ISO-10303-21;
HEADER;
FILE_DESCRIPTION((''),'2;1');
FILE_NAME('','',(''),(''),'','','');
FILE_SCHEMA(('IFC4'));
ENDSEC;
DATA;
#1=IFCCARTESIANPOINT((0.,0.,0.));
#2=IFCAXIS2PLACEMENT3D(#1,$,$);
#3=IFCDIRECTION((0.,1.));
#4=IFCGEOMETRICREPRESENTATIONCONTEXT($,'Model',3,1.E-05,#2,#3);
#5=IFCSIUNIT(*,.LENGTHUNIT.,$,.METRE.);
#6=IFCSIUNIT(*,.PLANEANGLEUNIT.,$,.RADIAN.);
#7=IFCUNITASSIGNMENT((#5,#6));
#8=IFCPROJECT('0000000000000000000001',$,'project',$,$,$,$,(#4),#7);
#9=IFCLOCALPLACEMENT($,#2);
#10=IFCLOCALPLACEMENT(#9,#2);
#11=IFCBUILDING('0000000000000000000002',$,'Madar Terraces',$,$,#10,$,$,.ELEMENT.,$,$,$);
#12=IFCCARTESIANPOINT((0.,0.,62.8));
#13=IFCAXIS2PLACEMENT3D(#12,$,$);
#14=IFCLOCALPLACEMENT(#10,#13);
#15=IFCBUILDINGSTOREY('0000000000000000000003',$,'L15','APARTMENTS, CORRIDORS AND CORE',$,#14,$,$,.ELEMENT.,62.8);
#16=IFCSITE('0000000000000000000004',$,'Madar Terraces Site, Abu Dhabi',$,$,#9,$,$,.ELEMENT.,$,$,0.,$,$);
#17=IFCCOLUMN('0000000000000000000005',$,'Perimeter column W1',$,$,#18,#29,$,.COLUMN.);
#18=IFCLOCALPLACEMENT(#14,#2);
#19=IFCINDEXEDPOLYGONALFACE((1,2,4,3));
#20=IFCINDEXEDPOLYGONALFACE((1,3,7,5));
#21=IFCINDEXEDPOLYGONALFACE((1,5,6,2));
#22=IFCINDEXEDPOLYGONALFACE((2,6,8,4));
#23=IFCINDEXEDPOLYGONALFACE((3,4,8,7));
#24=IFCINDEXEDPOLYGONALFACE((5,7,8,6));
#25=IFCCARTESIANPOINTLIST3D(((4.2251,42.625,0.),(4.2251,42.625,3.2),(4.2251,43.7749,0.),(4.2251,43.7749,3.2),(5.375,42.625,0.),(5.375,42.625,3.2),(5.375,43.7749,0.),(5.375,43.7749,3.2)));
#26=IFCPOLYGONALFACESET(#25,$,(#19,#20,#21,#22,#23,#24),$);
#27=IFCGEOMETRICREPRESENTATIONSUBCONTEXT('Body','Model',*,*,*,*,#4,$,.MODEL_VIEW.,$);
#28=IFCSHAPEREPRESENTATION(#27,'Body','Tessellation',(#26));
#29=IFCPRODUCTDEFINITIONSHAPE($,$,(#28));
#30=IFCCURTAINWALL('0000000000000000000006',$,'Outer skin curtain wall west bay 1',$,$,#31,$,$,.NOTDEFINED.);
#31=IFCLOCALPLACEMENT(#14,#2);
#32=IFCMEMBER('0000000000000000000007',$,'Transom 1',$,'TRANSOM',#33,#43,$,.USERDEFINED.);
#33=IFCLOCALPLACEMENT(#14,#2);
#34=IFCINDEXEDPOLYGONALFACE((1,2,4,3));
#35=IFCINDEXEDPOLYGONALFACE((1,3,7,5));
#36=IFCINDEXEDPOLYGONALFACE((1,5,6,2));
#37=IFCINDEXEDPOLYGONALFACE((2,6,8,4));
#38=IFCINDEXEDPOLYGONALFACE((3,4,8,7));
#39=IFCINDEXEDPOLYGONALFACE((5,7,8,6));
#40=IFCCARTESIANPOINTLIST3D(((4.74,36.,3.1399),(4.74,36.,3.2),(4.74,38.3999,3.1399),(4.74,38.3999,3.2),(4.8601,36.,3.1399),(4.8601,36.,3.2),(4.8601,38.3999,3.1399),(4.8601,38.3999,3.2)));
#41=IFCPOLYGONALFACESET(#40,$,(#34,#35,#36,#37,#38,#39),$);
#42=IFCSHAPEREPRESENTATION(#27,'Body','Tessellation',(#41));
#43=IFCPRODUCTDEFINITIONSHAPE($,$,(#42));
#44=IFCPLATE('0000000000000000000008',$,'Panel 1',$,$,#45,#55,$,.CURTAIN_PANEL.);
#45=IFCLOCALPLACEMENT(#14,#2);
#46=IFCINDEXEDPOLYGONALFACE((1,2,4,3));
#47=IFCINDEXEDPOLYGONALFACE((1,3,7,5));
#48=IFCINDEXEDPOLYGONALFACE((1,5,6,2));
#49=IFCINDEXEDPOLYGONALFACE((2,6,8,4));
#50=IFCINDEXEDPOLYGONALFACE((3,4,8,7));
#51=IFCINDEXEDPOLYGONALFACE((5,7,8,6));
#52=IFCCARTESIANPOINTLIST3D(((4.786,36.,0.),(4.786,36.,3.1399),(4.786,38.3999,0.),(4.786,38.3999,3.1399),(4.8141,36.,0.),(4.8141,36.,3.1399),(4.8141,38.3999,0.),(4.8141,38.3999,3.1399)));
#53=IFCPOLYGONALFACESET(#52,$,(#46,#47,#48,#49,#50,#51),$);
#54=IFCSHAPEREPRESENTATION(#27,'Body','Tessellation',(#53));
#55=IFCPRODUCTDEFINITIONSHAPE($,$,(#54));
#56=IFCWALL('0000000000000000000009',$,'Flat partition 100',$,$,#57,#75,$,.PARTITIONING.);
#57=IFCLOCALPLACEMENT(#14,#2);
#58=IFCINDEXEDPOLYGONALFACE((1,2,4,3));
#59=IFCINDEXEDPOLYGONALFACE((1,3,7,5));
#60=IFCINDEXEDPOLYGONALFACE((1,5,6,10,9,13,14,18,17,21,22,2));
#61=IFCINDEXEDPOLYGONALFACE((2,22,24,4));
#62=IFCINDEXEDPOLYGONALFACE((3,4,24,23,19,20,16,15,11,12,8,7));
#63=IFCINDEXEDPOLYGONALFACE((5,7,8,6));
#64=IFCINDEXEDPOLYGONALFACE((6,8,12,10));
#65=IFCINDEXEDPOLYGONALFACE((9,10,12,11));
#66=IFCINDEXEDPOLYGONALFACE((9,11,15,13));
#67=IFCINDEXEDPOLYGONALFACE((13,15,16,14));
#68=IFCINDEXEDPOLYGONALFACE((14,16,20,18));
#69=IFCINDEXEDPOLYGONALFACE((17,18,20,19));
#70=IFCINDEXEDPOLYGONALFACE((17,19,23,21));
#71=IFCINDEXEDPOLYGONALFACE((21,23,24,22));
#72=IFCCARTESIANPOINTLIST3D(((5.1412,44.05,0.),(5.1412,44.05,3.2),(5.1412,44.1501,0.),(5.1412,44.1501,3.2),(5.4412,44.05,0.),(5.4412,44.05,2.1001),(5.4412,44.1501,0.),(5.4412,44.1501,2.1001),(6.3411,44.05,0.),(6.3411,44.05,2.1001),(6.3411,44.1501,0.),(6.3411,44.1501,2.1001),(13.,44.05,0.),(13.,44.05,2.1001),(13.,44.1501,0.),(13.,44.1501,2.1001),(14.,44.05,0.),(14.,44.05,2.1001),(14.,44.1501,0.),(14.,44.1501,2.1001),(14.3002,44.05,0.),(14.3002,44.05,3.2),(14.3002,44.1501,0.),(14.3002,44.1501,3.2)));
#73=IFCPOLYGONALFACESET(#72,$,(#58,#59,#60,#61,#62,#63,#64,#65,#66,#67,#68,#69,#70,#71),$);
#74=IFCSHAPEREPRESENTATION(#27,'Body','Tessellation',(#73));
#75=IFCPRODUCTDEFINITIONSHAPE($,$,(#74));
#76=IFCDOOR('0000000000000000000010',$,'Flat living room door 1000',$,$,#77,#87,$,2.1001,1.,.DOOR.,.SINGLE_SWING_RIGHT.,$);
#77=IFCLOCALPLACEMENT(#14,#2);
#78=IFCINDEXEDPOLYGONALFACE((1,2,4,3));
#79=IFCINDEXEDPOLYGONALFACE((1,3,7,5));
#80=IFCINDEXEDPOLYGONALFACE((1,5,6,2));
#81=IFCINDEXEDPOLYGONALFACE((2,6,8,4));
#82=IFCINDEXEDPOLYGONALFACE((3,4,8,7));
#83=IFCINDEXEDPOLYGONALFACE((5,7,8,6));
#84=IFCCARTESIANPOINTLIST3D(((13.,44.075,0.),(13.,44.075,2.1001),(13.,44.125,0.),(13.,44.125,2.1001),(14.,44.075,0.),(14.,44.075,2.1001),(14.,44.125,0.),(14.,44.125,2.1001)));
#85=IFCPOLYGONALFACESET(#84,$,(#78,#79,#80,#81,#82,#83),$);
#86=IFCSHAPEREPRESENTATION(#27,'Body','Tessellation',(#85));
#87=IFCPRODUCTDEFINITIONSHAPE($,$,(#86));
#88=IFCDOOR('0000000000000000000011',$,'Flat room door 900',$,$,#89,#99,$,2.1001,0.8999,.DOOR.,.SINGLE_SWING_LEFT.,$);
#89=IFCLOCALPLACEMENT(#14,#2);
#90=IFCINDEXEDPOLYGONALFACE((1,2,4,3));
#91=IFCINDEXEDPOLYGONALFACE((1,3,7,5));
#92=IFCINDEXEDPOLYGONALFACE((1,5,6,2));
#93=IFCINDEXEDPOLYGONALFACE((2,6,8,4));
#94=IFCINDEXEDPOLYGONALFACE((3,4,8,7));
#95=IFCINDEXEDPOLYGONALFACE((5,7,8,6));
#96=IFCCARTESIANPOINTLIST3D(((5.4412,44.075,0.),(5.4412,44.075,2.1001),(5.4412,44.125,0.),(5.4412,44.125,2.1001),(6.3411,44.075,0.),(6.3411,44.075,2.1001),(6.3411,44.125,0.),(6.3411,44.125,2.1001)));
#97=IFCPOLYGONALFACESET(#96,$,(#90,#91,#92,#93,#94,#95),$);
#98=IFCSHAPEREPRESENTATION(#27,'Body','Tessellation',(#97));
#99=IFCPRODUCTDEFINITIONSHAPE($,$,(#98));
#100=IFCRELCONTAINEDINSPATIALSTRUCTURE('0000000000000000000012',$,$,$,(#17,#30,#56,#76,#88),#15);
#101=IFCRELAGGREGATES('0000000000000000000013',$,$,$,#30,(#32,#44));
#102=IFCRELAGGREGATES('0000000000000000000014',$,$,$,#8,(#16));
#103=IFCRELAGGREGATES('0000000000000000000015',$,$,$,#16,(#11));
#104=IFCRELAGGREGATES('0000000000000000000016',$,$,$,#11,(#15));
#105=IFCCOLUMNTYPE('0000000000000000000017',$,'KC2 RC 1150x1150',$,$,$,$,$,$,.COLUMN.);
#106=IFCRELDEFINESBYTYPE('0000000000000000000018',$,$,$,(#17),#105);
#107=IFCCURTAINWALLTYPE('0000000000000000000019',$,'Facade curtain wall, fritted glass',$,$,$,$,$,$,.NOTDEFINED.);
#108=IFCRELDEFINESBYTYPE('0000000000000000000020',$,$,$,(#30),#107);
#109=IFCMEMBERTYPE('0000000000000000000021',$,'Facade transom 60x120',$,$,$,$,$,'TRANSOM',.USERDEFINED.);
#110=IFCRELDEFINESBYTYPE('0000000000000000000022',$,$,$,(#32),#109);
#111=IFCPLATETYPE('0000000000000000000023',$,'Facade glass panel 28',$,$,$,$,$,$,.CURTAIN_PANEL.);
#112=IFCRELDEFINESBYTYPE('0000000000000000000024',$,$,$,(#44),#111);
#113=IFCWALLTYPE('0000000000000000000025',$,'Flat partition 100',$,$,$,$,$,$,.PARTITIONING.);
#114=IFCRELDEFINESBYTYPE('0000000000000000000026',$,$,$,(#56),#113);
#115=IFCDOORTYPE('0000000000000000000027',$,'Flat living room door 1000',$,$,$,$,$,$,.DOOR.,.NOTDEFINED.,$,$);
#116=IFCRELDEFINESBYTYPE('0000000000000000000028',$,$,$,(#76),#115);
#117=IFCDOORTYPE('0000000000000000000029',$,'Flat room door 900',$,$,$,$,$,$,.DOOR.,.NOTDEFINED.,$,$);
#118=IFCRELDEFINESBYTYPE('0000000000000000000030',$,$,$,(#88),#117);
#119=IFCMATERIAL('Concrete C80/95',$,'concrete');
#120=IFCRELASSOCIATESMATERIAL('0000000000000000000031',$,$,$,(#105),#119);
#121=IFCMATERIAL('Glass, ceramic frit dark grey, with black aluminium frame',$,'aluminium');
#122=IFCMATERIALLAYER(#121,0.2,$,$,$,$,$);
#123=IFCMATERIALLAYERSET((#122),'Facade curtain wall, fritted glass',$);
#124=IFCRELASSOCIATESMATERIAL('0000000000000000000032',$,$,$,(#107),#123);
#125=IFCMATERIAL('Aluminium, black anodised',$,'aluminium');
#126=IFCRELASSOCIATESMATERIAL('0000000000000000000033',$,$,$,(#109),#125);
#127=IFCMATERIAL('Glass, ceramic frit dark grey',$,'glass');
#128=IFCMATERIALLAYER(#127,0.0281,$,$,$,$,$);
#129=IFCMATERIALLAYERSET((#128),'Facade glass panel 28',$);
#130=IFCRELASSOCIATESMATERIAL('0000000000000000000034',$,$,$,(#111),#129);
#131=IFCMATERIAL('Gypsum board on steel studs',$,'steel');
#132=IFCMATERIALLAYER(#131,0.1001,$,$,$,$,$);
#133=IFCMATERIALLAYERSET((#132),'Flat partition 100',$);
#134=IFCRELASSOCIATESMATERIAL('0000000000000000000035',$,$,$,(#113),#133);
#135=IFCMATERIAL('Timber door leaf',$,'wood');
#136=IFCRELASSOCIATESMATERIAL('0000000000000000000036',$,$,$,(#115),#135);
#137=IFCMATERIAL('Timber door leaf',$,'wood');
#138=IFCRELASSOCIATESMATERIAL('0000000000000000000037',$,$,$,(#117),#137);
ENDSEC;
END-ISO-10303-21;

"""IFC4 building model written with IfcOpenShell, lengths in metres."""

from ifc_helpers import new_model, si_unit, direction, frame, frame_2d, origin, origin_2d, place, context, subcontext, project, spatial, rectangle, extrude, material, layer, layer_set, material_profile, profile_set, type_object, element, fill, aggregate, save


model = new_model("IFC4")

# Units and contexts
model_context = context("Model", 3, precision=1e-05, world=origin(), true_north=direction((0.0, 1.0)))
body_context = subcontext(model_context, "Body", "Model", "MODEL_VIEW")
ifc_project = project(units=[si_unit("LENGTHUNIT", "METRE"), si_unit("PLANEANGLEUNIT", "RADIAN")], contexts=[model_context])

# Site, building, storey
site_placement = place(None, origin())
site = spatial("IfcSite", under=ifc_project, at=site_placement, Name="Madar Terraces Site, Abu Dhabi", CompositionType="ELEMENT", RefElevation=0.0)
building_placement = place(site_placement, origin())
building = spatial("IfcBuilding", under=site, at=building_placement, Name="Madar Terraces", CompositionType="ELEMENT")
storey_placement = place(building_placement, frame((0.0, 0.0, 62.8)))
storey = spatial("IfcBuildingStorey", under=building, at=storey_placement, Name="L15", Description="APARTMENTS, CORRIDORS AND CORE", CompositionType="ELEMENT", Elevation=62.8)

# Column
ifc_material_1 = material(Name="Concrete C80/95", Category="concrete")
ifc_material_profile_1 = material_profile(ifc_material_1, rectangle(XDim=1.1499, YDim=1.1499, at=origin_2d()), Name="KC2 RC 1150x1150")
ifc_profile_set_1 = profile_set([ifc_material_profile_1], Name="Concrete C80/95")
column_type = type_object("IfcColumnType", Name="KC2 RC 1150x1150", PredefinedType="COLUMN", material=ifc_profile_set_1)
column_placement = place(storey_placement, frame((4.8, 43.2, 0.0), z_axis=(0.0, 0.0, 1.0), x_axis=(1.0, 0.0, 0.0)))
element("IfcColumn", 1, at=column_placement, inside=storey, type_object=column_type, Name="Perimeter column W1", PredefinedType="COLUMN", context=body_context, shape_type="SweptSolid", body=[
    extrude(rectangle(XDim=1.1499, YDim=1.1499, at=origin_2d()), origin(), (0.0, 0.0, 1.0), 3.2),
])

# Curtain wall, member, plate
ifc_material_2 = material(Name="Glass, ceramic frit dark grey, with black aluminium frame", Category="aluminium")
ifc_layer_1 = layer(ifc_material_2, 0.2)
ifc_layer_set_1 = layer_set([ifc_layer_1], Name="Facade curtain wall, fritted glass")
curtain_wall_type = type_object("IfcCurtainWallType", Name="Facade curtain wall, fritted glass", PredefinedType="NOTDEFINED", material=ifc_layer_set_1)
curtain_wall_placement = place(storey_placement, origin())
curtain_wall = element("IfcCurtainWall", 2, at=curtain_wall_placement, inside=storey, type_object=curtain_wall_type, Name="Outer skin curtain wall west bay 1", PredefinedType="NOTDEFINED")
ifc_material_3 = material(Name="Aluminium, black anodised", Category="aluminium")
ifc_material_profile_2 = material_profile(ifc_material_3, rectangle(XDim=0.1201, YDim=0.0601, at=origin_2d()), Name="Facade transom 60x120")
ifc_profile_set_2 = profile_set([ifc_material_profile_2], Name="Aluminium, black anodised")
member_type = type_object("IfcMemberType", Name="Facade transom 60x120", ElementType="TRANSOM", PredefinedType="USERDEFINED", material=ifc_profile_set_2)
member_placement = place(storey_placement, frame((4.8, 38.3999, 3.1699), z_axis=(0.0, -1.0, 0.0), x_axis=(1.0, 0.0, 0.0)))
member = element("IfcMember", 3, at=member_placement, type_object=member_type, Name="Transom 1", ObjectType="TRANSOM", PredefinedType="USERDEFINED", context=body_context, shape_type="SweptSolid", body=[
    extrude(rectangle(XDim=0.1201, YDim=0.0601, at=origin_2d()), origin(), (0.0, 0.0, 1.0), 2.3999),
])
ifc_material_4 = material(Name="Glass, ceramic frit dark grey", Category="glass")
ifc_layer_2 = layer(ifc_material_4, 0.0281)
ifc_layer_set_2 = layer_set([ifc_layer_2], Name="Facade glass panel 28")
plate_type = type_object("IfcPlateType", Name="Facade glass panel 28", PredefinedType="CURTAIN_PANEL", material=ifc_layer_set_2)
plate_placement = place(storey_placement, frame((4.8, 37.2, 0.0), z_axis=(0.0, 0.0, 1.0), x_axis=(0.0, -1.0, 0.0)))
plate = element("IfcPlate", 4, at=plate_placement, type_object=plate_type, Name="Panel 1", PredefinedType="CURTAIN_PANEL", context=body_context, shape_type="SweptSolid", body=[
    extrude(rectangle(XDim=2.3999, YDim=0.0281, at=origin_2d()), origin(), (0.0, 0.0, 1.0), 3.1399),
])
aggregate(curtain_wall, [member, plate])

# Wall, openings, doors
ifc_material_5 = material(Name="Gypsum board on steel studs", Category="steel")
ifc_layer_3 = layer(ifc_material_5, 0.1001)
ifc_layer_set_3 = layer_set([ifc_layer_3], Name="Flat partition 100")
wall_type_1 = type_object("IfcWallType", Name="Flat partition 100", PredefinedType="PARTITIONING", material=ifc_layer_set_3)
wall_1_placement = place(storey_placement, frame((5.1411, 44.1001, 0.0), z_axis=(0.0, 0.0, 1.0), x_axis=(1.0, 0.0, 0.0)))
wall_1 = element("IfcWall", 5, at=wall_1_placement, inside=storey, type_object=wall_type_1, Name="Flat partition 100", PredefinedType="PARTITIONING", context=body_context, shape_type="SweptSolid", body=[
    extrude(rectangle(XDim=9.1589, YDim=0.1001, at=frame_2d((4.5796, 0.0))), origin(), (0.0, 0.0, 1.0), 3.2),
])
opening_1_placement = place(wall_1_placement, frame((7.8589, 0.0, 0.0)))
opening_1 = element("IfcOpeningElement", 6, at=opening_1_placement, cuts=wall_1, PredefinedType="OPENING", context=body_context, shape_type="SweptSolid", body=[
    extrude(rectangle(XDim=1.0, YDim=2.1001, at=frame_2d((0.5, 1.05))), frame((0.0, 0.0601, 0.0), z_axis=(0.0, -1.0, 0.0), x_axis=(1.0, 0.0, 0.0)), (0.0, 0.0, 1.0), 0.1201),
])
opening_2_placement = place(wall_1_placement, frame((0.3, 0.0, 0.0)))
opening_2 = element("IfcOpeningElement", 7, at=opening_2_placement, cuts=wall_1, PredefinedType="OPENING", context=body_context, shape_type="SweptSolid", body=[
    extrude(rectangle(XDim=0.8999, YDim=2.1001, at=frame_2d((0.45, 1.05))), frame((0.0, 0.0601, 0.0), z_axis=(0.0, -1.0, 0.0), x_axis=(1.0, 0.0, 0.0)), (0.0, 0.0, 1.0), 0.1201),
])
ifc_material_6 = material(Name="Timber door leaf", Category="wood")
door_type_1 = type_object("IfcDoorType", Name="Flat living room door 1000", OperationType="NOTDEFINED", PredefinedType="DOOR", material=ifc_material_6)
door_1_placement = place(opening_1_placement, origin())
door_1 = element("IfcDoor", 8, at=door_1_placement, inside=storey, type_object=door_type_1, Name="Flat living room door 1000", OperationType="SINGLE_SWING_RIGHT", OverallHeight=2.1001, OverallWidth=1.0, PredefinedType="DOOR", context=body_context, shape_type="SweptSolid", body=[
    extrude(rectangle(XDim=1.0, YDim=2.1001, at=frame_2d((0.5, 1.05))), frame((0.0, 0.0249, 0.0), z_axis=(0.0, -1.0, 0.0), x_axis=(1.0, 0.0, 0.0)), (0.0, 0.0, 1.0), 0.05),
])
fill(opening_1, door_1)
ifc_material_7 = material(Name="Timber door leaf", Category="wood")
door_type_2 = type_object("IfcDoorType", Name="Flat room door 900", OperationType="NOTDEFINED", PredefinedType="DOOR", material=ifc_material_7)
door_2_placement = place(opening_2_placement, origin())
door_2 = element("IfcDoor", 9, at=door_2_placement, inside=storey, type_object=door_type_2, Name="Flat room door 900", OperationType="SINGLE_SWING_LEFT", OverallHeight=2.1001, OverallWidth=0.8999, PredefinedType="DOOR", context=body_context, shape_type="SweptSolid", body=[
    extrude(rectangle(XDim=0.8999, YDim=2.1001, at=frame_2d((0.45, 1.05))), frame((0.0, 0.0249, 0.0), z_axis=(0.0, -1.0, 0.0), x_axis=(1.0, 0.0, 0.0)), (0.0, 0.0, 1.0), 0.05),
])
fill(opening_2, door_2)

save(model, "model.ifc")
